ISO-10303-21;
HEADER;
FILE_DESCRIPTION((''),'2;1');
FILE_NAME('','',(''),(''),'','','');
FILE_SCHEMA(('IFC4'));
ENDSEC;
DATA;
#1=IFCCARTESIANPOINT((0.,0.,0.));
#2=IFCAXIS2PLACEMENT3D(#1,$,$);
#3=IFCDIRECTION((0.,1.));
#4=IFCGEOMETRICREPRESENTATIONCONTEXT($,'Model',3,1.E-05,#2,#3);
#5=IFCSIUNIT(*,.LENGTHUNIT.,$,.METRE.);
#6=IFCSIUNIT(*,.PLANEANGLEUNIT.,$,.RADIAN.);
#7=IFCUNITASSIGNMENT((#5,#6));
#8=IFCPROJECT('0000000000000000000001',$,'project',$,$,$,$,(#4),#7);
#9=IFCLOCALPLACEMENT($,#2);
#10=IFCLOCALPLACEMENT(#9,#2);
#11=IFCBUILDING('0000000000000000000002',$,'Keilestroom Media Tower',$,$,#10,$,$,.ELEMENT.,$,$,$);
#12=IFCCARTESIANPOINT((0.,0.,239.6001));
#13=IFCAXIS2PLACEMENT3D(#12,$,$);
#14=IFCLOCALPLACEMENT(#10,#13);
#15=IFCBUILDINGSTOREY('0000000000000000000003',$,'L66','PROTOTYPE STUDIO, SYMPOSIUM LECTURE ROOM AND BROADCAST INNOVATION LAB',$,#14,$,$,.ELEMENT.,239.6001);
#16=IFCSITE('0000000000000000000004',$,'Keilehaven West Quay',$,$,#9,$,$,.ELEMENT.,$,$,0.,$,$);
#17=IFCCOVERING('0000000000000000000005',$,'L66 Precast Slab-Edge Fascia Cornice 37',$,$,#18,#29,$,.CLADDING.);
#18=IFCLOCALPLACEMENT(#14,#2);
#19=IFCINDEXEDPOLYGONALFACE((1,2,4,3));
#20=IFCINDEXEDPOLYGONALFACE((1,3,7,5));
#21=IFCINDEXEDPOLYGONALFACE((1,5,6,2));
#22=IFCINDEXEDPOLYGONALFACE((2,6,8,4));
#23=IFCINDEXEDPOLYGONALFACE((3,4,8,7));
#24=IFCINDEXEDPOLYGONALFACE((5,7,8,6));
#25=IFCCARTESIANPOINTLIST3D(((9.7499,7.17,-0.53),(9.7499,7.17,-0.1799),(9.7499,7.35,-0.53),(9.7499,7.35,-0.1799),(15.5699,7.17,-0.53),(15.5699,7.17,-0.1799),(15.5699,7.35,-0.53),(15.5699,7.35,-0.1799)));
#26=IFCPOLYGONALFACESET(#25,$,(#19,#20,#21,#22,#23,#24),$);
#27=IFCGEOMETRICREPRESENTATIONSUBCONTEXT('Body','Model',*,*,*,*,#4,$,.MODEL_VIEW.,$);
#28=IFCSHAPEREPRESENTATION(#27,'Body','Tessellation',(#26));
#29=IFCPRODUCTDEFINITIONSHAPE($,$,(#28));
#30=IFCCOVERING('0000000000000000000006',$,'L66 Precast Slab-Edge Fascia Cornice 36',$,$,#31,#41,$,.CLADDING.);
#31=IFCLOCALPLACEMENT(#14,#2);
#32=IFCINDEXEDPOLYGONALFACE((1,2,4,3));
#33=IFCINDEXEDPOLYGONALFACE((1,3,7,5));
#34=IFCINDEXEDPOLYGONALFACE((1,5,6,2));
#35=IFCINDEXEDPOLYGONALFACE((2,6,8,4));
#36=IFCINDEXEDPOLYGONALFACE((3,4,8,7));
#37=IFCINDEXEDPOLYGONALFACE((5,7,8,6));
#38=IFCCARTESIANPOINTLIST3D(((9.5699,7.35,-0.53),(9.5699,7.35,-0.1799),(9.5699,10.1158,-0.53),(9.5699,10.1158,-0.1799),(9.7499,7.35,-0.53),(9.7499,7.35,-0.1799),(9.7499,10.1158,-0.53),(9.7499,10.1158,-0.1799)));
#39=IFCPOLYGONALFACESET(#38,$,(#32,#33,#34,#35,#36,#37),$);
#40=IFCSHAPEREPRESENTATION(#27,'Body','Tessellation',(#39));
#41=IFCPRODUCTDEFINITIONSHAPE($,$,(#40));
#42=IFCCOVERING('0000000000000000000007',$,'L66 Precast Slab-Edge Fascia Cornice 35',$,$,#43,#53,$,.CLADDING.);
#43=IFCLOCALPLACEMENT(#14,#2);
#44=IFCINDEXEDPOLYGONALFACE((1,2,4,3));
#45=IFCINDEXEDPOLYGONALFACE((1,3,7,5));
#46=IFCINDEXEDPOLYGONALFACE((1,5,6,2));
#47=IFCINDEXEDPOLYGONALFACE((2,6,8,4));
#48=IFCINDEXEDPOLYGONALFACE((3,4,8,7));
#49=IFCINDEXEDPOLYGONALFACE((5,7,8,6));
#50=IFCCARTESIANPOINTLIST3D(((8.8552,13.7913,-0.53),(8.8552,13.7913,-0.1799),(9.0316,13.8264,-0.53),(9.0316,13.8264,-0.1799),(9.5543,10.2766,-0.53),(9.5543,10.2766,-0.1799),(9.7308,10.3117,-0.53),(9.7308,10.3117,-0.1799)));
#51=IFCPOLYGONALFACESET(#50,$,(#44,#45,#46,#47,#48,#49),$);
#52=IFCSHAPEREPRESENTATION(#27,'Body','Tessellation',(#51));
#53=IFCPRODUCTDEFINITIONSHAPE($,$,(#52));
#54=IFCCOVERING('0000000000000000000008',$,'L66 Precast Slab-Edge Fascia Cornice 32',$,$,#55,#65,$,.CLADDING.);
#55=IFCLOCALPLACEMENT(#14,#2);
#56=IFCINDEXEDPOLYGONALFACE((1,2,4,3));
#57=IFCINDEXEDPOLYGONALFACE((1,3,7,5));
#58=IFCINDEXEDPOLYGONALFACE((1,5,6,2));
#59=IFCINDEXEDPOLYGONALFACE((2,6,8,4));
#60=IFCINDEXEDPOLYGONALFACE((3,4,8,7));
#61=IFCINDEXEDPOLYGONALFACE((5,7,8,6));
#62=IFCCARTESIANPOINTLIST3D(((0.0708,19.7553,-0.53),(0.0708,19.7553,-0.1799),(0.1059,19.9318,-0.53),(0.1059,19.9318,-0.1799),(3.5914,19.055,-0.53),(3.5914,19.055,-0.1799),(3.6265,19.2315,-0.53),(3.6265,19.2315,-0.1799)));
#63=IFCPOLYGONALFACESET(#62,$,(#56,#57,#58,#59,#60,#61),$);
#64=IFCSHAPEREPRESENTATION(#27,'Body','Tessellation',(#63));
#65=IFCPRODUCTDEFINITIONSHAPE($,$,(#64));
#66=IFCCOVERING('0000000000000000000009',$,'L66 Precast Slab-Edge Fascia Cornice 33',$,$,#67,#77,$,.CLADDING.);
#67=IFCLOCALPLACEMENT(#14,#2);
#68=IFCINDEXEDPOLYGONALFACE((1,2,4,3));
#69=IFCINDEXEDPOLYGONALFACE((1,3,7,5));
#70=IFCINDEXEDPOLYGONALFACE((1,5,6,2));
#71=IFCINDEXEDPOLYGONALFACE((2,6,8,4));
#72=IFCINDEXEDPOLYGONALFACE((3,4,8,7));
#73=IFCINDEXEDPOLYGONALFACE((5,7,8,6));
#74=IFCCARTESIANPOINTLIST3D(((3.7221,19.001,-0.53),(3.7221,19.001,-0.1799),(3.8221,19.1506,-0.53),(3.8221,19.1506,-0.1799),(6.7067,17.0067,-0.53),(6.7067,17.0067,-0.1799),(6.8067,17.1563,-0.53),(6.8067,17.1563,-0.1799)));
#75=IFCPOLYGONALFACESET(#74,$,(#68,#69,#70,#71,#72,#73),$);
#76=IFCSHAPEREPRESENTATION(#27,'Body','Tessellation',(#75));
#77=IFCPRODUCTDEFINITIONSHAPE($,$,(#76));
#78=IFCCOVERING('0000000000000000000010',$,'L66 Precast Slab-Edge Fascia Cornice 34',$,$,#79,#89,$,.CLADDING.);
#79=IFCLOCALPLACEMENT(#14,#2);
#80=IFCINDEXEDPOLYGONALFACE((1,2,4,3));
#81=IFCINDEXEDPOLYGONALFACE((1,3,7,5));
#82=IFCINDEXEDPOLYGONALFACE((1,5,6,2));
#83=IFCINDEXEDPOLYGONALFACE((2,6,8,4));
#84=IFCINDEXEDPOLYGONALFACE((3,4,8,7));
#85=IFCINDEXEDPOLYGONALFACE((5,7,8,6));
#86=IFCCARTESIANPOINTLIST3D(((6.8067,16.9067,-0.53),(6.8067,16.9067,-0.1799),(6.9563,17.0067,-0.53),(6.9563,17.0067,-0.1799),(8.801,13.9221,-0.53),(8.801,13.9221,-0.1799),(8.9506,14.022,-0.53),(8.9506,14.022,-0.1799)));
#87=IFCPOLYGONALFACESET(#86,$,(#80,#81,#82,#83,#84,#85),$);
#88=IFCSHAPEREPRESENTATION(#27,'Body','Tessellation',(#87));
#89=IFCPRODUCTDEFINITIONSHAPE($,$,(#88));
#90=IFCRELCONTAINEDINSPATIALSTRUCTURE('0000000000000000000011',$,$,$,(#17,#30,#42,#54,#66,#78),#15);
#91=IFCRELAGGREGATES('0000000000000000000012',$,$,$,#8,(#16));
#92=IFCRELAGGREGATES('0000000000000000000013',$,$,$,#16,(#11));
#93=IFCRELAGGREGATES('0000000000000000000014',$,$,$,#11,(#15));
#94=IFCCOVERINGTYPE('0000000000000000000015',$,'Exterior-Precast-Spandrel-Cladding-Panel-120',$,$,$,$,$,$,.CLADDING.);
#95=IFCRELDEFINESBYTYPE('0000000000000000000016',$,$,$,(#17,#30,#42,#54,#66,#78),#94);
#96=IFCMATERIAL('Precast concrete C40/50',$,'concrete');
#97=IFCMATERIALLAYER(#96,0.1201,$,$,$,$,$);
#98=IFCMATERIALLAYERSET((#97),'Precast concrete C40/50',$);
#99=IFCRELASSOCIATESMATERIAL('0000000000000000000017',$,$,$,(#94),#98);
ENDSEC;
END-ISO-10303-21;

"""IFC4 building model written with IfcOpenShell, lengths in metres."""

from ifc_helpers import new_model, si_unit, direction, frame, origin, origin_2d, place, context, subcontext, project, spatial, rectangle, extrude, source, transform, mapped, material, layer, layer_set, type_object, element, save


model = new_model("IFC4")

# Units and contexts
model_context = context("Model", 3, precision=1e-05, world=origin(), true_north=direction((0.0, 1.0)))
body_context = subcontext(model_context, "Body", "Model", "MODEL_VIEW")
ifc_project = project(units=[si_unit("LENGTHUNIT", "METRE"), si_unit("PLANEANGLEUNIT", "RADIAN")], contexts=[model_context])

# Site, building, storey
site_placement = place(None, origin())
site = spatial("IfcSite", under=ifc_project, at=site_placement, Name="Keilehaven West Quay", CompositionType="ELEMENT", RefElevation=0.0)
building_placement = place(site_placement, origin())
building = spatial("IfcBuilding", under=site, at=building_placement, Name="Keilestroom Media Tower", CompositionType="ELEMENT")
storey_placement = place(building_placement, frame((0.0, 0.0, 239.6001)))
storey = spatial("IfcBuildingStorey", under=building, at=storey_placement, Name="L66", Description="PROTOTYPE STUDIO, SYMPOSIUM LECTURE ROOM AND BROADCAST INNOVATION LAB", CompositionType="ELEMENT", Elevation=239.6001)

# Shared definitions
ifc_material_1 = material(Name="Precast concrete C40/50", Category="concrete")

# Coverings
ifc_layer_1 = layer(ifc_material_1, 0.1201)
ifc_layer_set_1 = layer_set([ifc_layer_1], Name="Precast concrete C40/50")
covering_type = type_object("IfcCoveringType", Name="Exterior-Precast-Spandrel-Cladding-Panel-120", PredefinedType="CLADDING", material=ifc_layer_set_1)
shared_shape_1 = source(origin(), body_context, "Body", "SweptSolid", [
    extrude(rectangle(XDim=5.8201, YDim=0.1799, at=origin_2d()), origin(), (0.0, 0.0, 1.0), 0.3501),
])
covering_1_placement = place(storey_placement, frame((12.6599, 7.26, -0.53), z_axis=(0.0, 0.0, 1.0), x_axis=(1.0, 0.0, 0.0)))
element("IfcCovering", 1, at=covering_1_placement, inside=storey, type_object=covering_type, Name="L66 Precast Slab-Edge Fascia Cornice 37", PredefinedType="CLADDING", context=body_context, shape_type="MappedRepresentation", body=[
    mapped(shared_shape_1, transform((0.0, 0.0, 0.0), x_axis=(1.0, 0.0, 0.0), y_axis=(0.0, 1.0, 0.0), z_axis=(0.0, 0.0, 1.0), scale=1.0)),
])
shared_shape_2 = source(origin(), body_context, "Body", "SweptSolid", [
    extrude(rectangle(XDim=2.7659, YDim=0.1799, at=origin_2d()), origin(), (0.0, 0.0, 1.0), 0.3501),
])
covering_2_placement = place(storey_placement, frame((9.6599, 8.7329, -0.53), z_axis=(0.0, 0.0, 1.0), x_axis=(0.0, -1.0, 0.0)))
element("IfcCovering", 2, at=covering_2_placement, inside=storey, type_object=covering_type, Name="L66 Precast Slab-Edge Fascia Cornice 36", PredefinedType="CLADDING", context=body_context, shape_type="MappedRepresentation", body=[
    mapped(shared_shape_2, transform((0.0, 0.0, 0.0), x_axis=(1.0, 0.0, 0.0), y_axis=(0.0, 1.0, 0.0), z_axis=(0.0, 0.0, 1.0), scale=1.0)),
])
shared_shape_3 = source(origin(), body_context, "Body", "SweptSolid", [
    extrude(rectangle(XDim=3.5835, YDim=0.1799, at=origin_2d()), origin(), (0.0, 0.0, 1.0), 0.3501),
])
covering_3_placement = place(storey_placement, frame((9.293, 12.0515, -0.53), z_axis=(0.0, 0.0, 1.0), x_axis=(0.195099, -0.980784, 0.0)))
element("IfcCovering", 3, at=covering_3_placement, inside=storey, type_object=covering_type, Name="L66 Precast Slab-Edge Fascia Cornice 35", PredefinedType="CLADDING", context=body_context, shape_type="MappedRepresentation", body=[
    mapped(shared_shape_3, transform((0.0, 0.0, 0.0), x_axis=(1.0, 0.0, 0.0), y_axis=(0.0, 1.0, 0.0), z_axis=(0.0, 0.0, 1.0), scale=1.0)),
])
shared_shape_4 = source(origin(), body_context, "Body", "SweptSolid", [
    extrude(rectangle(XDim=3.5896, YDim=0.1799, at=origin_2d()), origin(), (0.0, 0.0, 1.0), 0.3501),
])
for number, where, z_axis, x_axis, name in (
    (4, (1.8486, 19.4934, -0.53), (0.0, 0.0, 1.0), (0.980784, -0.195099, 0.0), "L66 Precast Slab-Edge Fascia Cornice 32"),
    (5, (5.2644, 18.0786, -0.53), (0.0, 0.0, 1.0), (0.831467, -0.555575, 0.0), "L66 Precast Slab-Edge Fascia Cornice 33"),
    (6, (7.8787, 15.4644, -0.53), (0.0, 0.0, 1.0), (0.555575, -0.831467, 0.0), "L66 Precast Slab-Edge Fascia Cornice 34"),
):
    element("IfcCovering", number, at=place(storey_placement, frame(where, z_axis=z_axis, x_axis=x_axis)), inside=storey, type_object=covering_type, Name=name, PredefinedType="CLADDING", context=body_context, shape_type="MappedRepresentation", body=[
        mapped(shared_shape_4, transform((0.0, 0.0, 0.0), x_axis=(1.0, 0.0, 0.0), y_axis=(0.0, 1.0, 0.0), z_axis=(0.0, 0.0, 1.0), scale=1.0)),
    ])

save(model, "model.ifc")
